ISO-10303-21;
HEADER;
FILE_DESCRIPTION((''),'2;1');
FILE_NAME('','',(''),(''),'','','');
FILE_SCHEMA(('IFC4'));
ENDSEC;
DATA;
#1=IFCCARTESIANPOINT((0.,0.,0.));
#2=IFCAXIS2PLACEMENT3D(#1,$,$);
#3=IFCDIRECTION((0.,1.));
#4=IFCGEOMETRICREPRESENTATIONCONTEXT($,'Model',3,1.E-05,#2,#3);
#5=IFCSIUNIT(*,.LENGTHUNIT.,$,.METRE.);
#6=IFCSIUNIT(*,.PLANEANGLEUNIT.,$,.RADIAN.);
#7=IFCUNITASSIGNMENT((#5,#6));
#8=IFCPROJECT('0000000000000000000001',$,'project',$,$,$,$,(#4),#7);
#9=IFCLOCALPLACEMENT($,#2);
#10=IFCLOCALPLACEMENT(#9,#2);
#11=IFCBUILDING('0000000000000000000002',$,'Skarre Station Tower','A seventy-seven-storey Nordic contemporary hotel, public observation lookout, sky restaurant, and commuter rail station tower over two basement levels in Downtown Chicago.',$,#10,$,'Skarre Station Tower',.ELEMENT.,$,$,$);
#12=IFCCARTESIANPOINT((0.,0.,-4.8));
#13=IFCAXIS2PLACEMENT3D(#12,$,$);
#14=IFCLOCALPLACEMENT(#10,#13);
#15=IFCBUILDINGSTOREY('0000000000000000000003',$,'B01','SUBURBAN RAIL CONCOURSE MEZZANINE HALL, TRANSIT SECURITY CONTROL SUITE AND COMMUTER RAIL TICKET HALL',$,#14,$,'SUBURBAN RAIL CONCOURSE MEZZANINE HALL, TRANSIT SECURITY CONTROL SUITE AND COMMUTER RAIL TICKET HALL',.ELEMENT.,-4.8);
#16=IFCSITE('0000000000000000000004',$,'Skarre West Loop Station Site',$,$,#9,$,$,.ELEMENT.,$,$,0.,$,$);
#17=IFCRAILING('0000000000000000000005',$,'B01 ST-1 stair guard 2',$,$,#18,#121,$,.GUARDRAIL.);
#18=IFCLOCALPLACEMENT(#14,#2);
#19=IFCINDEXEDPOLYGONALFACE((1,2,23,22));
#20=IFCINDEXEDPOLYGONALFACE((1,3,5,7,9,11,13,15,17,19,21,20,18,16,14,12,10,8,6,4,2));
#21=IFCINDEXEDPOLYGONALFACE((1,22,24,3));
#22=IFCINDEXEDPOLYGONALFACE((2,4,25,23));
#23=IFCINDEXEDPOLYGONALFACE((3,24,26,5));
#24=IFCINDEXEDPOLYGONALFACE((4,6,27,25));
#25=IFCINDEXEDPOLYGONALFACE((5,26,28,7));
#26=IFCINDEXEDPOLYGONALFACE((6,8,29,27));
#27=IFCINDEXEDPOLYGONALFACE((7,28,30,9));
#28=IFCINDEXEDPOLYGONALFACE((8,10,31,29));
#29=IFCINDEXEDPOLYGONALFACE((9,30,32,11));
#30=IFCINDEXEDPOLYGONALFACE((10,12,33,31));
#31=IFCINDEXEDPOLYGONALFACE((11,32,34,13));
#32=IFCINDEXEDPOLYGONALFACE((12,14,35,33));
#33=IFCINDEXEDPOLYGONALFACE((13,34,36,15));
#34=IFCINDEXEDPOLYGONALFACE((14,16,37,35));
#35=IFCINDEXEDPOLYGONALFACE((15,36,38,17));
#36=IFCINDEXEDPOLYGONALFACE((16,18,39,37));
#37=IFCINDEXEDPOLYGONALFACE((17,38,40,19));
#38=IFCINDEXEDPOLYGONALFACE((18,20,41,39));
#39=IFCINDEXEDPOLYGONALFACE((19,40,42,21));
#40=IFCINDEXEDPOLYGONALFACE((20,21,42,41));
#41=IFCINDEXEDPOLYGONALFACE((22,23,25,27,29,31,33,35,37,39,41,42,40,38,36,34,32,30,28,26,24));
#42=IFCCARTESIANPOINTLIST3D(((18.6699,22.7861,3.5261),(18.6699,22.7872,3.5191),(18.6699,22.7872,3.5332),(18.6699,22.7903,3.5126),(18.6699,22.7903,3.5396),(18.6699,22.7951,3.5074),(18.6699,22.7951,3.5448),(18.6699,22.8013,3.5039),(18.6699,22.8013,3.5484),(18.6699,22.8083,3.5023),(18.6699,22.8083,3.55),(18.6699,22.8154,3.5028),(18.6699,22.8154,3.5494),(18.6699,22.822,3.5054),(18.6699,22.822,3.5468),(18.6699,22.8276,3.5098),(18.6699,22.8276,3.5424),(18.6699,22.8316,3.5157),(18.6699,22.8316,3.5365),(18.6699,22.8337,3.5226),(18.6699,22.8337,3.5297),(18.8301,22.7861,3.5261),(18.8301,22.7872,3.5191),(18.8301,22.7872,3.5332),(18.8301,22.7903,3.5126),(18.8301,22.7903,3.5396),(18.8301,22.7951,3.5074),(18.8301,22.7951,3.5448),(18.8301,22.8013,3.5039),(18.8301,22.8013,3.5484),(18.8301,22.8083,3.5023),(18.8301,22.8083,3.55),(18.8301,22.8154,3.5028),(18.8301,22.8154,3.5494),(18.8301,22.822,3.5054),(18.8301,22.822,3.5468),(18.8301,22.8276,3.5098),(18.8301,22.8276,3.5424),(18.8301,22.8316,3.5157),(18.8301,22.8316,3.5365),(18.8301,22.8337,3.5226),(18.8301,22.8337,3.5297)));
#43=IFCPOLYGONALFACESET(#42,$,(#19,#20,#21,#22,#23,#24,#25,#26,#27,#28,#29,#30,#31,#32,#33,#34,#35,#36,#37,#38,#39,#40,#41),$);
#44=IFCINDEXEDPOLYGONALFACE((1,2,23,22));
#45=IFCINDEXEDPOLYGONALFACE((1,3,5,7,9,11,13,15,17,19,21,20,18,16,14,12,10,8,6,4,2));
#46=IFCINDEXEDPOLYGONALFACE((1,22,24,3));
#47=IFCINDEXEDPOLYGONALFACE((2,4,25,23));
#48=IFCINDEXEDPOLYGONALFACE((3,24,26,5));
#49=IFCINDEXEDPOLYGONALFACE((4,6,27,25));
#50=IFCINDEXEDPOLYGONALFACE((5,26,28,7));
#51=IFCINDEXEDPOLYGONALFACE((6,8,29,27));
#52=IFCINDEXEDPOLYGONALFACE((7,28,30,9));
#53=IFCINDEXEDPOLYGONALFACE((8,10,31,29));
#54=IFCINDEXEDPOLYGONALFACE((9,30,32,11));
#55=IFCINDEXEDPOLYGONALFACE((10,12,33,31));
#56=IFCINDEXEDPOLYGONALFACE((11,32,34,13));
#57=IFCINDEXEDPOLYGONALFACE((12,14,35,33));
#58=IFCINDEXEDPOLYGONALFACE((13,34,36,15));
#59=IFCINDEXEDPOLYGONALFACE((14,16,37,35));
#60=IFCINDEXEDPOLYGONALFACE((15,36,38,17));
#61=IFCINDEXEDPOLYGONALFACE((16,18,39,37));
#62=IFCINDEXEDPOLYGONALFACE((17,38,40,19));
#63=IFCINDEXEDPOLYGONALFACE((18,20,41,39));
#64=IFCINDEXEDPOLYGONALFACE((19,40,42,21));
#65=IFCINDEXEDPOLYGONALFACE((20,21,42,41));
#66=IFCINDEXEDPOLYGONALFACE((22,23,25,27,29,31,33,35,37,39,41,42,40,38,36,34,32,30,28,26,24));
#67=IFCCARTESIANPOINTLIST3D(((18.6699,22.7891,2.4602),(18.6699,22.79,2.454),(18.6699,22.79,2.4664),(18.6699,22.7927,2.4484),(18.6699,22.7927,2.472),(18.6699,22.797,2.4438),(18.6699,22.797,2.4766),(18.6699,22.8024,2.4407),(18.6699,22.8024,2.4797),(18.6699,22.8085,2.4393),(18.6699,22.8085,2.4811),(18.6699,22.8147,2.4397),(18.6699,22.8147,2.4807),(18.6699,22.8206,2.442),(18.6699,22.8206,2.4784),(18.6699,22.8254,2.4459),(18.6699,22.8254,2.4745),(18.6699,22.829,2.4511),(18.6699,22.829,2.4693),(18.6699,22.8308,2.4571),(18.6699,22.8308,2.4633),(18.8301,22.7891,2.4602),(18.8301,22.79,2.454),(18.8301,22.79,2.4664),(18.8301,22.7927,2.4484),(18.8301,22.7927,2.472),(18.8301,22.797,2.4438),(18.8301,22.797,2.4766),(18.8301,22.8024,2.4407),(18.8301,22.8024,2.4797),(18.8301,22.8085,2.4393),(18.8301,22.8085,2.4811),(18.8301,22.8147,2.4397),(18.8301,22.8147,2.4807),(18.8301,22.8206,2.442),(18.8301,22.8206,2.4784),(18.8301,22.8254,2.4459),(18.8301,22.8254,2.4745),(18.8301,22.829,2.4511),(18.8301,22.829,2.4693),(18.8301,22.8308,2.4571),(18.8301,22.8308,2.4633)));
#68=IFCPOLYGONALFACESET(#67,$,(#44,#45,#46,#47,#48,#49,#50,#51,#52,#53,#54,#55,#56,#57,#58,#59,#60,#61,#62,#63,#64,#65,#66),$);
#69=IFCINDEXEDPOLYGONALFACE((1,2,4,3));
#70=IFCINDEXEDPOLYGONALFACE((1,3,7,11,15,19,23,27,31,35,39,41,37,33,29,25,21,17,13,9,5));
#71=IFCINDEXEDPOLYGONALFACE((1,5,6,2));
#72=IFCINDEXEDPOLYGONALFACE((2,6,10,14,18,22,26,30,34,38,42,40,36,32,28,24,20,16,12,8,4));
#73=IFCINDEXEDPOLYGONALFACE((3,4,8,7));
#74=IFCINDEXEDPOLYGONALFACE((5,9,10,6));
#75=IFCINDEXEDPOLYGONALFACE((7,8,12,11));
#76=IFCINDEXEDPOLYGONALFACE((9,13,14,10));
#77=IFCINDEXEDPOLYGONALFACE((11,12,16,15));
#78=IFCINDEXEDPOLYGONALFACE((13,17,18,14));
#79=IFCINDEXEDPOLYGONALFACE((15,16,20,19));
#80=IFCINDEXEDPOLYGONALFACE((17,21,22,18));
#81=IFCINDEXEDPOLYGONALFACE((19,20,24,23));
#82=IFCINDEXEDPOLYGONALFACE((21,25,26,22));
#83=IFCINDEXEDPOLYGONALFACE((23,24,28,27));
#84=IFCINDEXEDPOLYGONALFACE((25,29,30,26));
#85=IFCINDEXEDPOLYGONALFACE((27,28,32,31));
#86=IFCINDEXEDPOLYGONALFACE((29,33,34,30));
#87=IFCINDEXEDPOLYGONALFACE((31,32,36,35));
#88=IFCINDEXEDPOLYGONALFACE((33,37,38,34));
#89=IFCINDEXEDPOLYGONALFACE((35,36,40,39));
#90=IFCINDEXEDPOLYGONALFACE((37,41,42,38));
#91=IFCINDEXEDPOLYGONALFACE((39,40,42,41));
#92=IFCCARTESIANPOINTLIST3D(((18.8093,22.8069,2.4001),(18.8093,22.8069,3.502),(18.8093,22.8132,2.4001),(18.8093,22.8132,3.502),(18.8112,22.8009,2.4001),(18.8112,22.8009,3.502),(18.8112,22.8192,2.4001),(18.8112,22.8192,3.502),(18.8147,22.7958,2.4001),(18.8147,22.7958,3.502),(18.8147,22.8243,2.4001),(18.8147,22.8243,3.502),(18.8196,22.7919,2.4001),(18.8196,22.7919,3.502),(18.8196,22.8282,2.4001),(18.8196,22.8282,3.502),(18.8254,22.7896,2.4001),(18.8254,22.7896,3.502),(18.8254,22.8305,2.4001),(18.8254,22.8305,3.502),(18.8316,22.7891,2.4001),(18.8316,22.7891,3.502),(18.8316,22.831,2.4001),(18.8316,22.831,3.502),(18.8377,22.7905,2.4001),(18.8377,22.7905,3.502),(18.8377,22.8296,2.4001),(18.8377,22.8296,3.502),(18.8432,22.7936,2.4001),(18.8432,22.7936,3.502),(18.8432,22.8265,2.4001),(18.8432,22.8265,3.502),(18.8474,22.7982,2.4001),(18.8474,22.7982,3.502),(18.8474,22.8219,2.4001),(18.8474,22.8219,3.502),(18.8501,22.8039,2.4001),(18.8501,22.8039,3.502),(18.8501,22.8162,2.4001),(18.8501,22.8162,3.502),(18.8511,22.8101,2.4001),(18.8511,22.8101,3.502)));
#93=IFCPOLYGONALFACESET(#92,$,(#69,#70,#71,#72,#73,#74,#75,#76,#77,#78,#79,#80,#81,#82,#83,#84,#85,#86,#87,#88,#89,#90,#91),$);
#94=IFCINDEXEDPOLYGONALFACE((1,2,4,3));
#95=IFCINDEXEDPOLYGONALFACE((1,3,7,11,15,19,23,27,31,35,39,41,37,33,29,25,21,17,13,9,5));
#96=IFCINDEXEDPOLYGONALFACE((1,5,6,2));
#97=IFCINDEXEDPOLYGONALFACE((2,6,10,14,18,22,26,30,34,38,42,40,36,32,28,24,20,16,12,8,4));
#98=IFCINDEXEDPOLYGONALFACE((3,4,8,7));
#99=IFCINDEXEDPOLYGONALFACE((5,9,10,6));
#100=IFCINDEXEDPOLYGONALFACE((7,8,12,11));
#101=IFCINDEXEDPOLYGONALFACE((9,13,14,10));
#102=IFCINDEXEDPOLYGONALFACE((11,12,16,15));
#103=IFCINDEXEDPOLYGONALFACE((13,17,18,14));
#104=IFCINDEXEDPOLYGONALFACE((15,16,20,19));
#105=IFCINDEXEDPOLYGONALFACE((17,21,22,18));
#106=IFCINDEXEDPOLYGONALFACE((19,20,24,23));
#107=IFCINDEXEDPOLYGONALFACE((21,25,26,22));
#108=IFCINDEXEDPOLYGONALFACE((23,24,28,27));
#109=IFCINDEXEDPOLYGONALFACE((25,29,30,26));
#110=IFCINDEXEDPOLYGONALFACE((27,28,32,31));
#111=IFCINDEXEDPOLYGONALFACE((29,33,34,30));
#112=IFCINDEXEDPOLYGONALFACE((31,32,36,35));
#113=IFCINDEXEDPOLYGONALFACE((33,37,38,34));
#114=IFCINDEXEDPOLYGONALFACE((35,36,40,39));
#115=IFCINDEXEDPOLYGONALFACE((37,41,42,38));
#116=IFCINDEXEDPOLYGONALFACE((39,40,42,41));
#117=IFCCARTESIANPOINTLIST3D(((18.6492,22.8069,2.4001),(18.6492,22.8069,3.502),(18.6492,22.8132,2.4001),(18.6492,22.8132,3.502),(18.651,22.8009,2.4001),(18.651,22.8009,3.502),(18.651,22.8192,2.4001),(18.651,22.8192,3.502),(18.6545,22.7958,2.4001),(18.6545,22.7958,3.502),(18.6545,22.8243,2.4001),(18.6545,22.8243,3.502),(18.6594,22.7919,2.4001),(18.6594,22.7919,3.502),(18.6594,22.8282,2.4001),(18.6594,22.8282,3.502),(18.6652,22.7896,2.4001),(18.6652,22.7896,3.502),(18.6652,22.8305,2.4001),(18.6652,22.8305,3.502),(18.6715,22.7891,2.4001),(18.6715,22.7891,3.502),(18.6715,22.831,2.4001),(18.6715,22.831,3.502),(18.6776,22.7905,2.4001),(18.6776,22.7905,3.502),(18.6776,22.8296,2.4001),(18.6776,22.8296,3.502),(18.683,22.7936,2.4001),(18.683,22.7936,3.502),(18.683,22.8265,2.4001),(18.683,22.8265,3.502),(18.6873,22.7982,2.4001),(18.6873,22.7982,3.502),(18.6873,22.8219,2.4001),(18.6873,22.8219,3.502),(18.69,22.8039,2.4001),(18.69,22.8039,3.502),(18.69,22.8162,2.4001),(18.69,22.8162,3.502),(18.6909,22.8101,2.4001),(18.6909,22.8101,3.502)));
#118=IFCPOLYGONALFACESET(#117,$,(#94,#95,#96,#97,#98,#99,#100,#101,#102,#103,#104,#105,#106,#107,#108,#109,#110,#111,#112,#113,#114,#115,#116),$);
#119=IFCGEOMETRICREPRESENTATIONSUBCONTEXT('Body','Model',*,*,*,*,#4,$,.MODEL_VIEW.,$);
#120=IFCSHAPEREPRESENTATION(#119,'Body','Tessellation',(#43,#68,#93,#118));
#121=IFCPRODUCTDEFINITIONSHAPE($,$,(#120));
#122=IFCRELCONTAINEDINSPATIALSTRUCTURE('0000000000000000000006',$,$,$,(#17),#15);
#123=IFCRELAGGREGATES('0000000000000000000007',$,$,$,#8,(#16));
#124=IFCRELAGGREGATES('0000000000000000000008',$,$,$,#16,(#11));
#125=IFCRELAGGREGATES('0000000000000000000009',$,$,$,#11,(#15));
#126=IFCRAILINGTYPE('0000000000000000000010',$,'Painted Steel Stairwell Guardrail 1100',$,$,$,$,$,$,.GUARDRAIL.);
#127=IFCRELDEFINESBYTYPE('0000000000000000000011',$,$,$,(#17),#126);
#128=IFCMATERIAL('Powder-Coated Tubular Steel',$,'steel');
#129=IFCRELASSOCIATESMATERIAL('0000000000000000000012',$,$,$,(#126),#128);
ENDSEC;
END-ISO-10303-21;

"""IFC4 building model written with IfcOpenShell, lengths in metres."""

from ifc_helpers import new_model, si_unit, direction, frame, origin, origin_2d, place, context, subcontext, project, spatial, circle, extrude, material, type_object, element, save


model = new_model("IFC4")

# Units and contexts
model_context = context("Model", 3, precision=1e-05, world=origin(), true_north=direction((0.0, 1.0)))
body_context = subcontext(model_context, "Body", "Model", "MODEL_VIEW")
ifc_project = project(units=[si_unit("LENGTHUNIT", "METRE"), si_unit("PLANEANGLEUNIT", "RADIAN")], contexts=[model_context])

# Site, building, storey
site_placement = place(None, origin())
site = spatial("IfcSite", under=ifc_project, at=site_placement, Name="Skarre West Loop Station Site", CompositionType="ELEMENT", RefElevation=0.0)
building_placement = place(site_placement, origin())
building = spatial("IfcBuilding", under=site, at=building_placement, Name="Skarre Station Tower", Description="A seventy-seven-storey Nordic contemporary hotel, public observation lookout, sky restaurant, and commuter rail station tower over two basement levels in Downtown Chicago.", LongName="Skarre Station Tower", CompositionType="ELEMENT")
storey_placement = place(building_placement, frame((0.0, 0.0, -4.8)))
storey = spatial("IfcBuildingStorey", under=building, at=storey_placement, Name="B01", Description="SUBURBAN RAIL CONCOURSE MEZZANINE HALL, TRANSIT SECURITY CONTROL SUITE AND COMMUTER RAIL TICKET HALL", LongName="SUBURBAN RAIL CONCOURSE MEZZANINE HALL, TRANSIT SECURITY CONTROL SUITE AND COMMUTER RAIL TICKET HALL", CompositionType="ELEMENT", Elevation=-4.8)

# Railing
ifc_material_1 = material(Name="Powder-Coated Tubular Steel", Category="steel")
railing_type_1 = type_object("IfcRailingType", Name="Painted Steel Stairwell Guardrail 1100", PredefinedType="GUARDRAIL", material=ifc_material_1)
railing_1_placement = place(storey_placement, frame((18.8301, 22.8101, 2.4001)))
element("IfcRailing", 1, at=railing_1_placement, inside=storey, type_object=railing_type_1, Name="B01 ST-1 stair guard 2", PredefinedType="GUARDRAIL", context=body_context, shape_type="SweptSolid", body=[
    extrude(circle(Radius=0.0239, at=origin_2d()), frame((0.0, 0.0, 1.126), z_axis=(-1.0, 0.0, 0.0), x_axis=(0.0, -1.0, 0.0)), (0.0, 0.0, 1.0), 0.1602),
    extrude(circle(Radius=0.021, at=origin_2d()), frame((0.0, 0.0, 0.0601), z_axis=(-1.0, 0.0, 0.0), x_axis=(0.0, -1.0, 0.0)), (0.0, 0.0, 1.0), 0.1602),
    extrude(circle(Radius=0.021, at=origin_2d()), origin(), (0.0, 0.0, 1.0), 1.1018),
    extrude(circle(Radius=0.021, at=origin_2d()), frame((-0.1602, 0.0, 0.0)), (0.0, 0.0, 1.0), 1.1018),
])

save(model, "model.ifc")
